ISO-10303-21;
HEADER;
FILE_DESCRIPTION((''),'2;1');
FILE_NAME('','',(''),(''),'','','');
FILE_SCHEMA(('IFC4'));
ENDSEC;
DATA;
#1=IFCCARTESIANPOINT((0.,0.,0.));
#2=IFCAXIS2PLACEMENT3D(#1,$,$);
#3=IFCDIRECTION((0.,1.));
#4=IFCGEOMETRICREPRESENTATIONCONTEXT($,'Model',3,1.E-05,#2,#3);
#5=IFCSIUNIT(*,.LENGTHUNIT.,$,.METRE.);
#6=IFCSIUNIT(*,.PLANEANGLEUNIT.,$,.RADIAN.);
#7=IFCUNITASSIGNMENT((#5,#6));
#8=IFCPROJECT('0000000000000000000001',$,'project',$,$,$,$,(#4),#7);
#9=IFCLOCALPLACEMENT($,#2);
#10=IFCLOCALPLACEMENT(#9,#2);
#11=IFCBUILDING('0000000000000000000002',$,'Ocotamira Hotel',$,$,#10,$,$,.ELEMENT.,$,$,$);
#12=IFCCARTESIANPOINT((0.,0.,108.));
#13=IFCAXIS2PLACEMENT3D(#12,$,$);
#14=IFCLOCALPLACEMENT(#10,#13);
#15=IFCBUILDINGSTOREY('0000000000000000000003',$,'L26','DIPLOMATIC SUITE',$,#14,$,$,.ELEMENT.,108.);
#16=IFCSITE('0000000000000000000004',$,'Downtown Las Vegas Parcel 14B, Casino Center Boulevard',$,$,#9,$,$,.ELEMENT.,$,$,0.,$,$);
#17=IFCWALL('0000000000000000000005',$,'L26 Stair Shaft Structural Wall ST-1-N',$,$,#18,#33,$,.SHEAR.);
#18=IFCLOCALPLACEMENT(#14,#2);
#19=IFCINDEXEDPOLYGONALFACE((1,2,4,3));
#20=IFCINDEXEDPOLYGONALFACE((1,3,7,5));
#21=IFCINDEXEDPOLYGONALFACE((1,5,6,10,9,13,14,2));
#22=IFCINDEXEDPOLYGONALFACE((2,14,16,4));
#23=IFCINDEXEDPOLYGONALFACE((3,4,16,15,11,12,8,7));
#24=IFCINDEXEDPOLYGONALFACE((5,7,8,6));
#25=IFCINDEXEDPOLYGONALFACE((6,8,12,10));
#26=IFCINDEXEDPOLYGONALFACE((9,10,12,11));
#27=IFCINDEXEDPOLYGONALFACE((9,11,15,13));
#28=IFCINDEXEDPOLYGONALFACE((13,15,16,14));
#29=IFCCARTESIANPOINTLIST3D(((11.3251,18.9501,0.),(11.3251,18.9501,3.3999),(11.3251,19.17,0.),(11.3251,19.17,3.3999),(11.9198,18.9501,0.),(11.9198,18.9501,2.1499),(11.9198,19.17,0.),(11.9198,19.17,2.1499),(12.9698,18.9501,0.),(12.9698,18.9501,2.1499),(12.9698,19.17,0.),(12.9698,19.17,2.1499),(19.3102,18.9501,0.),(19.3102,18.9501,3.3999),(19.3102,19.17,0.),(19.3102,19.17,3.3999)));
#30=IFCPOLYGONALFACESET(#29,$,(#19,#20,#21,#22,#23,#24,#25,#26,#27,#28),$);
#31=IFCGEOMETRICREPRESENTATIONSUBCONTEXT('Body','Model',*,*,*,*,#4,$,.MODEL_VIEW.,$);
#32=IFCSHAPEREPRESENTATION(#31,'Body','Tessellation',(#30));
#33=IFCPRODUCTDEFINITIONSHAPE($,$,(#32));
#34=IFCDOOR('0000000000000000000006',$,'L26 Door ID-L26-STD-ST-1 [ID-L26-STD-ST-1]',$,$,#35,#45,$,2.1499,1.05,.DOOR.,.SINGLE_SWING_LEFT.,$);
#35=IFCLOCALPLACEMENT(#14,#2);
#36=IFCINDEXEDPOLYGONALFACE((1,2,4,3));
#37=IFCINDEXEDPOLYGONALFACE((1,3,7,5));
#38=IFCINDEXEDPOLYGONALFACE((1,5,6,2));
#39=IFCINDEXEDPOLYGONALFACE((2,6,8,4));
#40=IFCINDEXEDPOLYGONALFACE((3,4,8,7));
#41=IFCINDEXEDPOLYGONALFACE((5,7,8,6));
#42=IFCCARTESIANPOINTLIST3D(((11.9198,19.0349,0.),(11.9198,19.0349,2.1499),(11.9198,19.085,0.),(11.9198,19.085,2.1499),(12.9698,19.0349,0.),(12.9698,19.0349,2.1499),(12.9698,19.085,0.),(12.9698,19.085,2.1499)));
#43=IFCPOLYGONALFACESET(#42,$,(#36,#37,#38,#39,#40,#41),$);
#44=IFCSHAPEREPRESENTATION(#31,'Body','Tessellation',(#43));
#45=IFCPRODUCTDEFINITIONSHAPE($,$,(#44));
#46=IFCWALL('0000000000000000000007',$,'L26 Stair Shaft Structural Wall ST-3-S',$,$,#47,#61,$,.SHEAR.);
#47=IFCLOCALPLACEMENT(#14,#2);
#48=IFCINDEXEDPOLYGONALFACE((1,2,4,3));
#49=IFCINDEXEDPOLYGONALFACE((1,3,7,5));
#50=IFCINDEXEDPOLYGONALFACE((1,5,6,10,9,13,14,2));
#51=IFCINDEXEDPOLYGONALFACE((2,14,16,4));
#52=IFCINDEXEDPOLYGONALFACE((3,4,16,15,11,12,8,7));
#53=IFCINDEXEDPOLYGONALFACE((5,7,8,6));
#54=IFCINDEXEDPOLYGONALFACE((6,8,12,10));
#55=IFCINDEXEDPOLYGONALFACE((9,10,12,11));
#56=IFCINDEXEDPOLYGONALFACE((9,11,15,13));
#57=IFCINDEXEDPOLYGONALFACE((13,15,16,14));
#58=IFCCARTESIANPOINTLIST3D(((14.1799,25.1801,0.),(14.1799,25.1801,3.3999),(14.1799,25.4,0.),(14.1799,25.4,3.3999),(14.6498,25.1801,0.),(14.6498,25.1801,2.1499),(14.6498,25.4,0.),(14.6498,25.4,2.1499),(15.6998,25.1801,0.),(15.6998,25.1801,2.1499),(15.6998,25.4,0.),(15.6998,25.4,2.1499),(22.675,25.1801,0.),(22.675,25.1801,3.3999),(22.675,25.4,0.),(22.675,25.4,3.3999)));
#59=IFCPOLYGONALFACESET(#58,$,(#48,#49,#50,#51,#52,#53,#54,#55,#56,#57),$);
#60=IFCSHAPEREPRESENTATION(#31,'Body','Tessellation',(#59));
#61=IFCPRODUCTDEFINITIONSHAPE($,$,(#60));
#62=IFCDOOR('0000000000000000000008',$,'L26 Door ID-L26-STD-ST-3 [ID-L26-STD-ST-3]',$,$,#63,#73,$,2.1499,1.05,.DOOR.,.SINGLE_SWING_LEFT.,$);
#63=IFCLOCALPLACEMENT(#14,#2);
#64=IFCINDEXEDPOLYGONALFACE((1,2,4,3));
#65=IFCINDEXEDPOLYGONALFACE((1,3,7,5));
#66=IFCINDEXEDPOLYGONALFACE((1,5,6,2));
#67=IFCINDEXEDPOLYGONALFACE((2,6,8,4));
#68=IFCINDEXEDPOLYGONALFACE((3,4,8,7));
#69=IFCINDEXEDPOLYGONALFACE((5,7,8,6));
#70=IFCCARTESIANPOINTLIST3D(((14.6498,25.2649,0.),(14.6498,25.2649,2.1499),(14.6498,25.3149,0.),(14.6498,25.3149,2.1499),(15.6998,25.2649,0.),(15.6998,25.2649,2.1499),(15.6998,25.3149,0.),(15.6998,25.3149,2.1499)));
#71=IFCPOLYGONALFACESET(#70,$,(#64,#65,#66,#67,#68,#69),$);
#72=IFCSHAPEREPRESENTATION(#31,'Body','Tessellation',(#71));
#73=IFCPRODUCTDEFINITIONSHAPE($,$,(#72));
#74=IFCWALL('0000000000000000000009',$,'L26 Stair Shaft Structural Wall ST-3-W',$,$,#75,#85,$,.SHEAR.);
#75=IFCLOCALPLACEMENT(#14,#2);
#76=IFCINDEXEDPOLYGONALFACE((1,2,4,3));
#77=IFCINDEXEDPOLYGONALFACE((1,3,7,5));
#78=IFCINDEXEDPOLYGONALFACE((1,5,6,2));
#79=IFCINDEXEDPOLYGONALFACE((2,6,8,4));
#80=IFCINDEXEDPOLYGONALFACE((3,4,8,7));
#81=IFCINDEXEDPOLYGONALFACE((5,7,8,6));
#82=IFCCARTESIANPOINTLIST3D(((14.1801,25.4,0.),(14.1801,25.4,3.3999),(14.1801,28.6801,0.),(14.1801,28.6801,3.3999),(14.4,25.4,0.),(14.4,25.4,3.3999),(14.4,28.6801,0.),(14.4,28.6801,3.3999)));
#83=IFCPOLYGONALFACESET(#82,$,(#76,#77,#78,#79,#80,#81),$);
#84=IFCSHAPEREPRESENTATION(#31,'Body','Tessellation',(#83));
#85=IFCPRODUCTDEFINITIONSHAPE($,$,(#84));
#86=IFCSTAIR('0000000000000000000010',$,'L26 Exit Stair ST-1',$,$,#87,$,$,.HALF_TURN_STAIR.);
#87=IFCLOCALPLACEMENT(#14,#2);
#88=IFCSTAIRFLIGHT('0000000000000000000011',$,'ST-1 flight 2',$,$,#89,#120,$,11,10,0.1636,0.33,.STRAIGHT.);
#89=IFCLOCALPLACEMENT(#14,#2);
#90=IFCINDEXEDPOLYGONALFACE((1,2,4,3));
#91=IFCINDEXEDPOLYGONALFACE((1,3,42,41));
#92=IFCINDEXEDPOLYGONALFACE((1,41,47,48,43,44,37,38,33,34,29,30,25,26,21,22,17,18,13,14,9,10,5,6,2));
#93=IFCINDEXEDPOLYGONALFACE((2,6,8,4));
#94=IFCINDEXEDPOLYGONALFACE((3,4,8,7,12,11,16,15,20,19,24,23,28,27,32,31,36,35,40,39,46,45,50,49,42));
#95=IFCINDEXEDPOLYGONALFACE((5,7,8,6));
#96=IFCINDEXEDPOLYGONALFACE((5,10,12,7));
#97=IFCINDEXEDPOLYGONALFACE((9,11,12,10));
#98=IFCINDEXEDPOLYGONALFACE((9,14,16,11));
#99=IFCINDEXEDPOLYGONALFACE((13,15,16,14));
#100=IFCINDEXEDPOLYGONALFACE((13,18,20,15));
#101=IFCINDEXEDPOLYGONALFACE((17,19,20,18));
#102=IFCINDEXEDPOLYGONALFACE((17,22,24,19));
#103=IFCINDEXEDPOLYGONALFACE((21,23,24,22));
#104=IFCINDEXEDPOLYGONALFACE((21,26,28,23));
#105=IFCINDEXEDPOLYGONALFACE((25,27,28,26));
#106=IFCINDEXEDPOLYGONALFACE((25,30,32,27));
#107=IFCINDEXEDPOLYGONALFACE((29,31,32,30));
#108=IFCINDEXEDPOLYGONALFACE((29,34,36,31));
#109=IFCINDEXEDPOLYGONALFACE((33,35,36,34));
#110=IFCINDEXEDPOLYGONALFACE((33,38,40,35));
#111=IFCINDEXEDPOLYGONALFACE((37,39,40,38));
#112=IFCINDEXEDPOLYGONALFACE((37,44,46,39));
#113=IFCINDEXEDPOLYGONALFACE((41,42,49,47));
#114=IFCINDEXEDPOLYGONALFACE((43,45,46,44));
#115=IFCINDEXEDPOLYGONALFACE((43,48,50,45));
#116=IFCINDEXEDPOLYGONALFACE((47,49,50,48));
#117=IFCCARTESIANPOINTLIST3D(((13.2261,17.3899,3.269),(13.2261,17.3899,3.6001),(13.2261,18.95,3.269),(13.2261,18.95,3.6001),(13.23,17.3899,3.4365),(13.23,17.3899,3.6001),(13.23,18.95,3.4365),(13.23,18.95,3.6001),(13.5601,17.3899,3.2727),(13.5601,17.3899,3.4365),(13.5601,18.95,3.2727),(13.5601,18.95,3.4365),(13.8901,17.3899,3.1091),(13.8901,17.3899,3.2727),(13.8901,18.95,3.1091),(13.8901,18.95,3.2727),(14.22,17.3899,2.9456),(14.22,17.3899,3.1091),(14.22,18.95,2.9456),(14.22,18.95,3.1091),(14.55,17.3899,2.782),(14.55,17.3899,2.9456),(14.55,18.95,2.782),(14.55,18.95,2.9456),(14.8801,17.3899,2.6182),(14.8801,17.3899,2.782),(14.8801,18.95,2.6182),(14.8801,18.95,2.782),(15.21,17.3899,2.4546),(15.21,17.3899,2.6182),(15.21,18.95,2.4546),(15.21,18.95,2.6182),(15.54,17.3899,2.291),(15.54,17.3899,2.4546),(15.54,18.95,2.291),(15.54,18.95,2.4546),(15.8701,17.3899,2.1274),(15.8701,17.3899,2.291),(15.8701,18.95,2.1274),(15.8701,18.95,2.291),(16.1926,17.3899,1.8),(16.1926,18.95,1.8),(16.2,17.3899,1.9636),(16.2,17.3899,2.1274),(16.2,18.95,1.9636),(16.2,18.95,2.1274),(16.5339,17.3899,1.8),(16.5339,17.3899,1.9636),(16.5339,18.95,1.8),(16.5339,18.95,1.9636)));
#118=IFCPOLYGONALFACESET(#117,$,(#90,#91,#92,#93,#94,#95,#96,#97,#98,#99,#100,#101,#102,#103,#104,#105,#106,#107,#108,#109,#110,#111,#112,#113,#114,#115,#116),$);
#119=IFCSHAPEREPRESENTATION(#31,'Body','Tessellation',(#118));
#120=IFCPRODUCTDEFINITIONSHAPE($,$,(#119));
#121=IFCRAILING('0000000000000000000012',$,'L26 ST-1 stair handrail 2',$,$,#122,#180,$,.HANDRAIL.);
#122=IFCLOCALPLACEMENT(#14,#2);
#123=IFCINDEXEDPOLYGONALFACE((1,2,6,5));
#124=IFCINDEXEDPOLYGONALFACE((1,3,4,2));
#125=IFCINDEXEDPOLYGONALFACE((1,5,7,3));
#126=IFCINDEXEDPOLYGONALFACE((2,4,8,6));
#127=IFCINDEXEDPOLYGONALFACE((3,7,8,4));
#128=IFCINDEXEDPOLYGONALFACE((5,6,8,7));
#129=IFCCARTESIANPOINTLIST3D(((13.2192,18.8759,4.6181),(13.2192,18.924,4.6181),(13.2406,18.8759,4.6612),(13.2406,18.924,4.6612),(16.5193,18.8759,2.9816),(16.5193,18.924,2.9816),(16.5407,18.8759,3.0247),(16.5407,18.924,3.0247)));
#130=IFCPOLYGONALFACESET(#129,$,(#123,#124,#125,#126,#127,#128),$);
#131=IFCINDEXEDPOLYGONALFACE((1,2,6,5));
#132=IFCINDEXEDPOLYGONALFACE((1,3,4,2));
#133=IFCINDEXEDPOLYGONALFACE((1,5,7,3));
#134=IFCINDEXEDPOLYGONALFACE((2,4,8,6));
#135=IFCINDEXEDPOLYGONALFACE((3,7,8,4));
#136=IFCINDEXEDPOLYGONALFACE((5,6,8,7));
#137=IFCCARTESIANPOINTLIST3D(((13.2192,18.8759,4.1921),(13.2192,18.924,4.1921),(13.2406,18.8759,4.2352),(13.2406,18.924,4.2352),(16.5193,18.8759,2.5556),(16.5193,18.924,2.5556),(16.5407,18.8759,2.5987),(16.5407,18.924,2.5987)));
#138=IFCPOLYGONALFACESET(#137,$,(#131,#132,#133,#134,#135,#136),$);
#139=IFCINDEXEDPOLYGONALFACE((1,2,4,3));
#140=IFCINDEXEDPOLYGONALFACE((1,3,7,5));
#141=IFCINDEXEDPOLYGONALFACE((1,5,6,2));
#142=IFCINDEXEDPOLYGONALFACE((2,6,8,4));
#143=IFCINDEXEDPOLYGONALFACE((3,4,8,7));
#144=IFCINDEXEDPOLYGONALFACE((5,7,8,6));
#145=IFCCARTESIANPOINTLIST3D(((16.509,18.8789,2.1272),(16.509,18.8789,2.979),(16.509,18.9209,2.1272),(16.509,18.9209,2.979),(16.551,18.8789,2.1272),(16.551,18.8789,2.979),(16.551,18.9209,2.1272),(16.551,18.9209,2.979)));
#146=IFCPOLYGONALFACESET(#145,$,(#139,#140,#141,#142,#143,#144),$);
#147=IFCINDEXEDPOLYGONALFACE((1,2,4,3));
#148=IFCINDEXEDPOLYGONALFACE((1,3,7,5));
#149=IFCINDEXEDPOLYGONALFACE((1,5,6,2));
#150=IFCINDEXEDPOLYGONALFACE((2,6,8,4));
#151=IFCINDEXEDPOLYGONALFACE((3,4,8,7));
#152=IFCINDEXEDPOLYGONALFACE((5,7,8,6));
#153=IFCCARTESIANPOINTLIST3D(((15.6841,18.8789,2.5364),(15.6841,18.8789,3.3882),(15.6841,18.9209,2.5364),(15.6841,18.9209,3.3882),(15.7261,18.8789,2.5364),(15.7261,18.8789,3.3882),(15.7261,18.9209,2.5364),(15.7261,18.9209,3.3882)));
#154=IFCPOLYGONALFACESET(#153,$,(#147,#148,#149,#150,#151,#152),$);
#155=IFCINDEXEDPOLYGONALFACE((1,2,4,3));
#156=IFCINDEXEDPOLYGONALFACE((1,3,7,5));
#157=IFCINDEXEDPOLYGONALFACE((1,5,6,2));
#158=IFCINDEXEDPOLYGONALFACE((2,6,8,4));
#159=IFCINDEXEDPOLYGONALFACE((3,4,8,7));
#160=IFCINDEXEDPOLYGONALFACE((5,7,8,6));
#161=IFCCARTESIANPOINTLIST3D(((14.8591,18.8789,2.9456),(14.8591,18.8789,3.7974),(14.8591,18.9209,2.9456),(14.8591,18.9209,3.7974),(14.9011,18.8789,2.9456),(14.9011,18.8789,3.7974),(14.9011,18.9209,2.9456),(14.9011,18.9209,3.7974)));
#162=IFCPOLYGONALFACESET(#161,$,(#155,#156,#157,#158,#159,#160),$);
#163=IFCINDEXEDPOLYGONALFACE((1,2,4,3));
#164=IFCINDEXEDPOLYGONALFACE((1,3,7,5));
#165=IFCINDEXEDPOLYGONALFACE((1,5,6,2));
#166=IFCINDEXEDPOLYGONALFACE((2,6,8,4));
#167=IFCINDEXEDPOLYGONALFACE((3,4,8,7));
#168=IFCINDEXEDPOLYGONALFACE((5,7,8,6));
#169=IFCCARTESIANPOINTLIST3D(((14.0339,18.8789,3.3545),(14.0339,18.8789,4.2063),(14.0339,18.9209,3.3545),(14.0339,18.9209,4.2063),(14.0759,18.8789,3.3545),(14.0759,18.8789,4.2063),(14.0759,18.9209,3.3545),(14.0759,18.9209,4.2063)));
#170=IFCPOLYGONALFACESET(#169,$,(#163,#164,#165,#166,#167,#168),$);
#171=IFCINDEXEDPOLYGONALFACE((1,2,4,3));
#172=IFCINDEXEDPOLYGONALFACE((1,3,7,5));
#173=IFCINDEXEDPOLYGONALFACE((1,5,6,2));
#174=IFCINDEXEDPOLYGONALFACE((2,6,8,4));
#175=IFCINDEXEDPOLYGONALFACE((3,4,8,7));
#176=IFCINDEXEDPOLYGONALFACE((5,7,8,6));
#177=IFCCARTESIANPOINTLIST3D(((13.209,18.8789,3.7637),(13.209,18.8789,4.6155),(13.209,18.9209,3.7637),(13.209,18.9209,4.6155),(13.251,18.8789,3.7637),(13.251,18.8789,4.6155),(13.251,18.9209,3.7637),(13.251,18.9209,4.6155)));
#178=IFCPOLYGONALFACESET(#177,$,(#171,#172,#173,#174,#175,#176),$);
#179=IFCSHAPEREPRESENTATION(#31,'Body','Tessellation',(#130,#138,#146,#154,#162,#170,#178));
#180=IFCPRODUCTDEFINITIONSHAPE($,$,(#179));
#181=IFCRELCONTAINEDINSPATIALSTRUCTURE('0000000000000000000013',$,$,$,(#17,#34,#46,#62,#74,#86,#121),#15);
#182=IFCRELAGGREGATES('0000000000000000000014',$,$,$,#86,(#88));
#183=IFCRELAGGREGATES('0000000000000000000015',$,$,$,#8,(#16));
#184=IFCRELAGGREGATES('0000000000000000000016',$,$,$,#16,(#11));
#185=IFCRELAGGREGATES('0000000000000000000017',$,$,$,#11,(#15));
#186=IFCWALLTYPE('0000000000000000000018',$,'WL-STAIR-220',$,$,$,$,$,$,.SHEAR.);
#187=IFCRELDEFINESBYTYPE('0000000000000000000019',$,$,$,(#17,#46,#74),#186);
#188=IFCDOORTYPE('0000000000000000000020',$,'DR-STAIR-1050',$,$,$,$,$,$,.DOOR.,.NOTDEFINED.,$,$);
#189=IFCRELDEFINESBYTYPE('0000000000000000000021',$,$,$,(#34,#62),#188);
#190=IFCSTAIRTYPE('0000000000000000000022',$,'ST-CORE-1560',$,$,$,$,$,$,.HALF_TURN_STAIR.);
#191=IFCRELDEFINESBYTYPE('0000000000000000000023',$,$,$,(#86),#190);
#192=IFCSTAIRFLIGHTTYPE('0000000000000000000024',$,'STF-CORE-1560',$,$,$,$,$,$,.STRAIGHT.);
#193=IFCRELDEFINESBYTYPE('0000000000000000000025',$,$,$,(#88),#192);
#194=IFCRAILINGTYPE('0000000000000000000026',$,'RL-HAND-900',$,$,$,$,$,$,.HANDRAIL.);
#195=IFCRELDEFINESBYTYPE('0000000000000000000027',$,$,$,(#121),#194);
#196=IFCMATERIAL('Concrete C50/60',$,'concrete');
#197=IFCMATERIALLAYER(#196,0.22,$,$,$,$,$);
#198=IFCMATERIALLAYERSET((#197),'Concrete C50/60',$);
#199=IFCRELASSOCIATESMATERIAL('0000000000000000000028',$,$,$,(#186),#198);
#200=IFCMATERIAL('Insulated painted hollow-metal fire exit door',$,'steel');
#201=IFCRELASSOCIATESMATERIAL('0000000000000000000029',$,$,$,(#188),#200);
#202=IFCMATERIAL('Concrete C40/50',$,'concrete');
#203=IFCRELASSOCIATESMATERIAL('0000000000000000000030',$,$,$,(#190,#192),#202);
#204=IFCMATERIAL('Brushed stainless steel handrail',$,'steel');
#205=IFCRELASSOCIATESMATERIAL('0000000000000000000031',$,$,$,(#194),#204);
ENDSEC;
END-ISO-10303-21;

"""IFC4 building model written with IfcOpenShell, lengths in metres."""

from ifc_helpers import new_model, si_unit, direction, frame, frame_2d, origin, origin_2d, place, context, subcontext, project, spatial, polyline, rectangle, outline, extrude, source, transform, mapped, material, layer, layer_set, type_object, element, fill, aggregate, save


model = new_model("IFC4")

# Units and contexts
model_context = context("Model", 3, precision=1e-05, world=origin(), true_north=direction((0.0, 1.0)))
body_context = subcontext(model_context, "Body", "Model", "MODEL_VIEW")
ifc_project = project(units=[si_unit("LENGTHUNIT", "METRE"), si_unit("PLANEANGLEUNIT", "RADIAN")], contexts=[model_context])

# Site, building, storey
site_placement = place(None, origin())
site = spatial("IfcSite", under=ifc_project, at=site_placement, Name="Downtown Las Vegas Parcel 14B, Casino Center Boulevard", CompositionType="ELEMENT", RefElevation=0.0)
building_placement = place(site_placement, origin())
building = spatial("IfcBuilding", under=site, at=building_placement, Name="Ocotamira Hotel", CompositionType="ELEMENT")
storey_placement = place(building_placement, frame((0.0, 0.0, 108.0)))
storey = spatial("IfcBuildingStorey", under=building, at=storey_placement, Name="L26", Description="DIPLOMATIC SUITE", CompositionType="ELEMENT", Elevation=108.0)

# Walls, openings, doors
ifc_material_1 = material(Name="Concrete C50/60", Category="concrete")
ifc_layer_1 = layer(ifc_material_1, 0.22)
ifc_layer_set_1 = layer_set([ifc_layer_1], Name="Concrete C50/60")
wall_type_1 = type_object("IfcWallType", Name="WL-STAIR-220", PredefinedType="SHEAR", material=ifc_layer_set_1)
wall_1_placement = place(storey_placement, frame((11.325, 19.0601, 0.0), z_axis=(0.0, 0.0, 1.0), x_axis=(1.0, 0.0, 0.0)))
wall_1 = element("IfcWall", 1, at=wall_1_placement, inside=storey, type_object=wall_type_1, Name="L26 Stair Shaft Structural Wall ST-1-N", PredefinedType="SHEAR", context=body_context, shape_type="SweptSolid", body=[
    extrude(rectangle(XDim=7.9851, YDim=0.22, at=frame_2d((3.9927, 0.0))), origin(), (0.0, 0.0, 1.0), 3.3999),
])
opening_1_placement = place(wall_1_placement, frame((0.595, 0.0, 0.0)))
opening_1 = element("IfcOpeningElement", 2, at=opening_1_placement, cuts=wall_1, PredefinedType="OPENING", context=body_context, shape_type="SweptSolid", body=[
    extrude(rectangle(XDim=1.05, YDim=2.1499, at=frame_2d((0.5249, 1.075))), frame((0.0, 0.1201, 0.0), z_axis=(0.0, -1.0, 0.0), x_axis=(1.0, 0.0, 0.0)), (0.0, 0.0, 1.0), 0.24),
])
ifc_material_2 = material(Name="Insulated painted hollow-metal fire exit door", Category="steel")
door_type_1 = type_object("IfcDoorType", Name="DR-STAIR-1050", OperationType="NOTDEFINED", PredefinedType="DOOR", material=ifc_material_2)
shared_shape_1 = source(origin(), body_context, "Body", "SweptSolid", [
    extrude(rectangle(XDim=1.05, YDim=2.1499, at=frame_2d((0.5249, 1.075))), frame((0.0, 0.0249, 0.0), z_axis=(0.0, -1.0, 0.0), x_axis=(1.0, 0.0, 0.0)), (0.0, 0.0, 1.0), 0.05),
])
door_1_placement = place(opening_1_placement, origin())
door_1 = element("IfcDoor", 3, at=door_1_placement, inside=storey, type_object=door_type_1, Name="L26 Door ID-L26-STD-ST-1 [ID-L26-STD-ST-1]", OperationType="SINGLE_SWING_LEFT", OverallHeight=2.1499, OverallWidth=1.05, PredefinedType="DOOR", context=body_context, shape_type="MappedRepresentation", body=[
    mapped(shared_shape_1, transform((0.0, 0.0, 0.0), scale=1.0)),
])
fill(opening_1, door_1)
wall_2_placement = place(storey_placement, frame((14.1799, 25.29, 0.0), z_axis=(0.0, 0.0, 1.0), x_axis=(1.0, 0.0, 0.0)))
wall_2 = element("IfcWall", 4, at=wall_2_placement, inside=storey, type_object=wall_type_1, Name="L26 Stair Shaft Structural Wall ST-3-S", PredefinedType="SHEAR", context=body_context, shape_type="SweptSolid", body=[
    extrude(rectangle(XDim=8.4951, YDim=0.22, at=frame_2d((4.2476, 0.0))), origin(), (0.0, 0.0, 1.0), 3.3999),
])
opening_2_placement = place(wall_2_placement, frame((0.47, 0.0, 0.0)))
opening_2 = element("IfcOpeningElement", 5, at=opening_2_placement, cuts=wall_2, PredefinedType="OPENING", context=body_context, shape_type="SweptSolid", body=[
    extrude(rectangle(XDim=1.05, YDim=2.1499, at=frame_2d((0.5249, 1.075))), frame((0.0, 0.1201, 0.0), z_axis=(0.0, -1.0, 0.0), x_axis=(1.0, 0.0, 0.0)), (0.0, 0.0, 1.0), 0.24),
])
door_2_placement = place(opening_2_placement, origin())
door_2 = element("IfcDoor", 6, at=door_2_placement, inside=storey, type_object=door_type_1, Name="L26 Door ID-L26-STD-ST-3 [ID-L26-STD-ST-3]", OperationType="SINGLE_SWING_LEFT", OverallHeight=2.1499, OverallWidth=1.05, PredefinedType="DOOR", context=body_context, shape_type="MappedRepresentation", body=[
    mapped(shared_shape_1, transform((0.0, 0.0, 0.0), scale=1.0)),
])
fill(opening_2, door_2)

# Wall
wall_3_placement = place(storey_placement, frame((14.29, 25.3999, 0.0), z_axis=(0.0, 0.0, 1.0), x_axis=(0.0, 1.0, 0.0)))
element("IfcWall", 7, at=wall_3_placement, inside=storey, type_object=wall_type_1, Name="L26 Stair Shaft Structural Wall ST-3-W", PredefinedType="SHEAR", context=body_context, shape_type="SweptSolid", body=[
    extrude(rectangle(XDim=3.28, YDim=0.22, at=frame_2d((1.6401, 0.0))), origin(), (0.0, 0.0, 1.0), 3.3999),
])

# Stair, stair flight
ifc_material_3 = material(Name="Concrete C40/50", Category="concrete")
stair_type = type_object("IfcStairType", Name="ST-CORE-1560", PredefinedType="HALF_TURN_STAIR", material=ifc_material_3)
stair_placement = place(storey_placement, origin())
stair = element("IfcStair", 8, at=stair_placement, inside=storey, type_object=stair_type, Name="L26 Exit Stair ST-1", PredefinedType="HALF_TURN_STAIR")
stair_flight_type = type_object("IfcStairFlightType", Name="STF-CORE-1560", PredefinedType="STRAIGHT", material=ifc_material_3)
shared_shape_2 = source(origin(), body_context, "Body", "SweptSolid", [
    extrude(outline(polyline([(-0.0039, 0.0), (-0.0039, 0.1636), (0.3301, 0.1636), (0.3301, 0.3274), (0.6599, 0.3274), (0.6599, 0.491), (0.99, 0.491), (0.99, 0.6545), (1.3201, 0.6545), (1.3201, 0.8181), (1.6499, 0.8181), (1.6499, 0.9819), (1.98, 0.9819), (1.98, 1.1455), (2.3101, 1.1455), (2.3101, 1.3091), (2.6399, 1.3091), (2.6399, 1.4727), (2.97, 1.4727), (2.97, 1.6365), (3.3, 1.6365), (3.3, 1.8), (3.304, 1.8), (3.304, 1.469), (0.3374, 0.0), (-0.0039, 0.0)])), frame((0.0, 0.78, 0.0), z_axis=(0.0, -1.0, 0.0), x_axis=(1.0, 0.0, 0.0)), (0.0, 0.0, 1.0), 1.5601),
])
stair_flight_placement = place(storey_placement, frame((16.53, 18.1699, 1.8), z_axis=(0.0, 0.0, 1.0), x_axis=(-1.0, 0.0, 0.0)))
stair_flight = element("IfcStairFlight", 9, at=stair_flight_placement, type_object=stair_flight_type, Name="ST-1 flight 2", NumberOfRisers=11, NumberOfTreads=10, PredefinedType="STRAIGHT", RiserHeight=0.1636, TreadLength=0.33, context=body_context, shape_type="MappedRepresentation", body=[
    mapped(shared_shape_2, transform((0.0, 0.0, 0.0), scale=1.0)),
])
aggregate(stair, [stair_flight])

# Railing
ifc_material_4 = material(Name="Brushed stainless steel handrail", Category="steel")
railing_type = type_object("IfcRailingType", Name="RL-HAND-900", PredefinedType="HANDRAIL", material=ifc_material_4)
railing_placement = place(storey_placement, frame((16.53, 18.8999, 2.1272)))
element("IfcRailing", 10, at=railing_placement, inside=storey, type_object=railing_type, Name="L26 ST-1 stair handrail 2", PredefinedType="HANDRAIL", context=body_context, shape_type="SweptSolid", body=[
    extrude(rectangle(XDim=0.0481, YDim=0.0481, at=origin_2d()), frame((0.0, 0.0, 0.876), z_axis=(-0.895894, 0.0, 0.444268), x_axis=(0.0, -1.0, 0.0)), (0.0, 0.0, 1.0), 3.6836),
    extrude(rectangle(XDim=0.0481, YDim=0.0481, at=origin_2d()), frame((0.0, 0.0, 0.45), z_axis=(-0.895894, 0.0, 0.444268), x_axis=(0.0, -1.0, 0.0)), (0.0, 0.0, 1.0), 3.6836),
    extrude(rectangle(XDim=0.042, YDim=0.042, at=origin_2d()), origin(), (0.0, 0.0, 1.0), 0.8518),
    extrude(rectangle(XDim=0.042, YDim=0.042, at=origin_2d()), frame((-0.825, 0.0, 0.4092)), (0.0, 0.0, 1.0), 0.8518),
    extrude(rectangle(XDim=0.042, YDim=0.042, at=origin_2d()), frame((-1.6499, 0.0, 0.8184)), (0.0, 0.0, 1.0), 0.8518),
    extrude(rectangle(XDim=0.042, YDim=0.042, at=origin_2d()), frame((-2.4751, 0.0, 1.2273)), (0.0, 0.0, 1.0), 0.8518),
    extrude(rectangle(XDim=0.042, YDim=0.042, at=origin_2d()), frame((-3.3, 0.0, 1.6365)), (0.0, 0.0, 1.0), 0.8518),
])

save(model, "model.ifc")
